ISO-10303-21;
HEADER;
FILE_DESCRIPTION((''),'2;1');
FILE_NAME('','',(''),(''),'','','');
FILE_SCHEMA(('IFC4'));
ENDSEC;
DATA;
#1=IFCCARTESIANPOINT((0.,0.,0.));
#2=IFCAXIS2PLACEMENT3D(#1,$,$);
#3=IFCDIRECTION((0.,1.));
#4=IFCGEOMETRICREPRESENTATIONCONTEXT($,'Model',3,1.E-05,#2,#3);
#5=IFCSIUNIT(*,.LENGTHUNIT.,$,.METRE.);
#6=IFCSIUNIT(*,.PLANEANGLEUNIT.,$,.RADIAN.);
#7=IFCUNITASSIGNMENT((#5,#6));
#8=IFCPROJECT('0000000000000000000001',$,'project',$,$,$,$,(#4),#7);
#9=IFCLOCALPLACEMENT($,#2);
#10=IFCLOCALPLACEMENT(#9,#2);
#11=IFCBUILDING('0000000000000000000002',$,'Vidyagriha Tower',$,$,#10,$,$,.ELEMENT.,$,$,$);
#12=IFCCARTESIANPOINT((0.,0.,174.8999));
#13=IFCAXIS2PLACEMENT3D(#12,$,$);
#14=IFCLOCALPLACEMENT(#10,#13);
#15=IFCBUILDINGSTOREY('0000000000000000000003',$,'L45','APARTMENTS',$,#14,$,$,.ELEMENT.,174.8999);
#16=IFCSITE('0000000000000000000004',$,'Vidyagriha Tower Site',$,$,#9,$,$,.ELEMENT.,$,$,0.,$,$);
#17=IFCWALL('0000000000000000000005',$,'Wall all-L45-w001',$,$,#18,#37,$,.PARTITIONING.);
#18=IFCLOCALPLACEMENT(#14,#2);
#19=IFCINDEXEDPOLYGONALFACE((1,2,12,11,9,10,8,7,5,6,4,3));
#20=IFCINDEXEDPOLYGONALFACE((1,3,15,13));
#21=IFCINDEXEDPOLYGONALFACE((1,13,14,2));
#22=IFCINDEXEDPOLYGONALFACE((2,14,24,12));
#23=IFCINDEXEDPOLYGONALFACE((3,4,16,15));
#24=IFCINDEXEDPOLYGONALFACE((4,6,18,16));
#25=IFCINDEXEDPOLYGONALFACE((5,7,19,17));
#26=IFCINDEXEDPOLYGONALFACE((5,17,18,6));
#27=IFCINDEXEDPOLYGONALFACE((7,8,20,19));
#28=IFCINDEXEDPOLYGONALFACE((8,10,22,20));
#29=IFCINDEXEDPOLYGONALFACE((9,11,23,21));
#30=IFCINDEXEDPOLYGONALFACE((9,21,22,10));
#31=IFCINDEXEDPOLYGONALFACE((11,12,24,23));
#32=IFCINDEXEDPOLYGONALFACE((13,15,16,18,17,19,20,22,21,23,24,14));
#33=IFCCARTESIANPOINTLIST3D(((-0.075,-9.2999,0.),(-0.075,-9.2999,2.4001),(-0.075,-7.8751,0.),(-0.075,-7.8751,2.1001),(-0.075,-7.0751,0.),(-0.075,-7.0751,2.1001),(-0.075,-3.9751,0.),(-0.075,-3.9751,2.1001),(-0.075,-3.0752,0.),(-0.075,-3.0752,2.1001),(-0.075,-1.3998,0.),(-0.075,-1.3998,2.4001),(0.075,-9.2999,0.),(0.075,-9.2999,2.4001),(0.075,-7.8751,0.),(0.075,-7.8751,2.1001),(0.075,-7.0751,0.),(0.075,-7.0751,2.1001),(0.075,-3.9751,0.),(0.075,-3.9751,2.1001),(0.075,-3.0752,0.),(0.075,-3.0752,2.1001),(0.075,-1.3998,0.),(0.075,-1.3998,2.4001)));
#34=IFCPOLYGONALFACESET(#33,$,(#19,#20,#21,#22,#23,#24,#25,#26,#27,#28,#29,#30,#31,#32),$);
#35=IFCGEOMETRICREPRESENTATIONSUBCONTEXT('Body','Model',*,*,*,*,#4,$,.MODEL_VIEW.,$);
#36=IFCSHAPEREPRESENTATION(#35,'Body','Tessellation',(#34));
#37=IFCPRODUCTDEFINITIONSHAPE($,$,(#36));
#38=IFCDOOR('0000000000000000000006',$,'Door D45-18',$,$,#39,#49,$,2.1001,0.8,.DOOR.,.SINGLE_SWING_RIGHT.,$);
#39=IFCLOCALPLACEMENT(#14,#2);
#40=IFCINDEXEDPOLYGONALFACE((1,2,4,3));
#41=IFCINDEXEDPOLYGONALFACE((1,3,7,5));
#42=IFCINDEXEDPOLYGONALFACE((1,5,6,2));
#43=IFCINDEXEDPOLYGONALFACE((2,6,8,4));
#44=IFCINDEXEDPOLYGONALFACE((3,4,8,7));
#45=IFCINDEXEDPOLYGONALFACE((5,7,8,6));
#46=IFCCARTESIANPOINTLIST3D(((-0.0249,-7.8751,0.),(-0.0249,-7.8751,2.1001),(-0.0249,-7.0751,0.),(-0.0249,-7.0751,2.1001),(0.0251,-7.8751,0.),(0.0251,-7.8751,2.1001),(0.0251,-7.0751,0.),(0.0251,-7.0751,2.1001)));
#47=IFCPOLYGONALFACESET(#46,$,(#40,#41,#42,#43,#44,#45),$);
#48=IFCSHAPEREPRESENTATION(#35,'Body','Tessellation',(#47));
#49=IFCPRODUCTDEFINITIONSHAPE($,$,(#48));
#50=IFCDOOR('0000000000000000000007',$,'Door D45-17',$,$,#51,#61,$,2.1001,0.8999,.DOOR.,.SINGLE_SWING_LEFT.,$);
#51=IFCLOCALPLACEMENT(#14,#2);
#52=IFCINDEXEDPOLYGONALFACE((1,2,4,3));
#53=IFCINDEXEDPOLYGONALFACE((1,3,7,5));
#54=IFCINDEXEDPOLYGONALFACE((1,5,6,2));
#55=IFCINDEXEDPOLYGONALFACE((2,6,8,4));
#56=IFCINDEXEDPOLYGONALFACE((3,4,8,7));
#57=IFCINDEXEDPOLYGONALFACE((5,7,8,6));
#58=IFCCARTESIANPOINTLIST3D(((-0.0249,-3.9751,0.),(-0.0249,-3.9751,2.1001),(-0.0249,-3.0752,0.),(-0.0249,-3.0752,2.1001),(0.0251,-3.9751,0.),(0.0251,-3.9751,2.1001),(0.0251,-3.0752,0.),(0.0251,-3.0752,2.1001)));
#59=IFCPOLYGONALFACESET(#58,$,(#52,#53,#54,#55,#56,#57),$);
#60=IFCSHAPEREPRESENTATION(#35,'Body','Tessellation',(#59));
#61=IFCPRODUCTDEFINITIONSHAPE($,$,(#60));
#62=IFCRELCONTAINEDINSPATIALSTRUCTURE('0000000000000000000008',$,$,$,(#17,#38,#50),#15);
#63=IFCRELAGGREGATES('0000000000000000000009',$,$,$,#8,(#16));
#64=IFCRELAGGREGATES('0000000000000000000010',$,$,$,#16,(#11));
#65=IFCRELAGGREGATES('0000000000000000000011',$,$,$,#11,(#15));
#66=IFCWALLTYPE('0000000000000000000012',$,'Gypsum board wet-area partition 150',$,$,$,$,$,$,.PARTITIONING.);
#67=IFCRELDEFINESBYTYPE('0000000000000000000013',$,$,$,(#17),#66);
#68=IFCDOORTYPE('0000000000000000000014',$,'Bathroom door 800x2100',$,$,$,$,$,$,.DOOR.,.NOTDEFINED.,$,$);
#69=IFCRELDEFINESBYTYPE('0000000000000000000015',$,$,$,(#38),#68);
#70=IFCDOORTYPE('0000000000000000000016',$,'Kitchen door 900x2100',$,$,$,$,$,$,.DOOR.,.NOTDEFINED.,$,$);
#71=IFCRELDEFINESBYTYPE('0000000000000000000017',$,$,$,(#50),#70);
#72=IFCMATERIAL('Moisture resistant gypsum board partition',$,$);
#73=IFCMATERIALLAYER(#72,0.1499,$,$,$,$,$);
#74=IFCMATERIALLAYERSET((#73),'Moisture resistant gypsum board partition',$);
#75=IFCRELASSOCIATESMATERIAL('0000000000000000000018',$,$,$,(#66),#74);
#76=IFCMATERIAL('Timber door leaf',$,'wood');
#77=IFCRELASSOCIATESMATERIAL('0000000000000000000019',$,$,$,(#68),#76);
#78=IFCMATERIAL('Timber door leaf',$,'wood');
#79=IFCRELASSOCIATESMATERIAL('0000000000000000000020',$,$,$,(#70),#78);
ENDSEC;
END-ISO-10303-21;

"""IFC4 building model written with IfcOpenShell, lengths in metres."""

from ifc_helpers import new_model, si_unit, direction, frame, frame_2d, origin, place, context, subcontext, project, spatial, rectangle, extrude, material, layer, layer_set, type_object, element, fill, save


model = new_model("IFC4")

# Units and contexts
model_context = context("Model", 3, precision=1e-05, world=origin(), true_north=direction((0.0, 1.0)))
body_context = subcontext(model_context, "Body", "Model", "MODEL_VIEW")
ifc_project = project(units=[si_unit("LENGTHUNIT", "METRE"), si_unit("PLANEANGLEUNIT", "RADIAN")], contexts=[model_context])

# Site, building, storey
site_placement = place(None, origin())
site = spatial("IfcSite", under=ifc_project, at=site_placement, Name="Vidyagriha Tower Site", CompositionType="ELEMENT", RefElevation=0.0)
building_placement = place(site_placement, origin())
building = spatial("IfcBuilding", under=site, at=building_placement, Name="Vidyagriha Tower", CompositionType="ELEMENT")
storey_placement = place(building_placement, frame((0.0, 0.0, 174.8999)))
storey = spatial("IfcBuildingStorey", under=building, at=storey_placement, Name="L45", Description="APARTMENTS", CompositionType="ELEMENT", Elevation=174.8999)

# Wall, openings, doors
ifc_material_1 = material(Name="Moisture resistant gypsum board partition")
ifc_layer_1 = layer(ifc_material_1, 0.1499)
ifc_layer_set_1 = layer_set([ifc_layer_1], Name="Moisture resistant gypsum board partition")
wall_type_1 = type_object("IfcWallType", Name="Gypsum board wet-area partition 150", PredefinedType="PARTITIONING", material=ifc_layer_set_1)
wall_1_placement = place(storey_placement, frame((0.0, -9.3, 0.0), z_axis=(0.0, 0.0, 1.0), x_axis=(0.0, 1.0, 0.0)))
wall_1 = element("IfcWall", 1, at=wall_1_placement, inside=storey, type_object=wall_type_1, Name="Wall all-L45-w001", PredefinedType="PARTITIONING", context=body_context, shape_type="SweptSolid", body=[
    extrude(rectangle(XDim=7.9001, YDim=0.1499, at=frame_2d((3.9502, 0.0))), origin(), (0.0, 0.0, 1.0), 2.4001),
])
opening_1_placement = place(wall_1_placement, frame((5.325, 0.0, 0.0)))
opening_1 = element("IfcOpeningElement", 2, at=opening_1_placement, cuts=wall_1, PredefinedType="OPENING", context=body_context, shape_type="SweptSolid", body=[
    extrude(rectangle(XDim=0.8999, YDim=2.1001, at=frame_2d((0.45, 1.05))), frame((0.0, 0.085, 0.0), z_axis=(0.0, -1.0, 0.0), x_axis=(1.0, 0.0, 0.0)), (0.0, 0.0, 1.0), 0.1699),
])
opening_2_placement = place(wall_1_placement, frame((1.425, 0.0, 0.0)))
opening_2 = element("IfcOpeningElement", 3, at=opening_2_placement, cuts=wall_1, PredefinedType="OPENING", context=body_context, shape_type="SweptSolid", body=[
    extrude(rectangle(XDim=0.8, YDim=2.1001, at=frame_2d((0.3999, 1.05))), frame((0.0, 0.085, 0.0), z_axis=(0.0, -1.0, 0.0), x_axis=(1.0, 0.0, 0.0)), (0.0, 0.0, 1.0), 0.1699),
])
ifc_material_2 = material(Name="Timber door leaf", Category="wood")
door_type_1 = type_object("IfcDoorType", Name="Bathroom door 800x2100", OperationType="NOTDEFINED", PredefinedType="DOOR", material=ifc_material_2)
door_1_placement = place(opening_2_placement, origin())
door_1 = element("IfcDoor", 4, at=door_1_placement, inside=storey, type_object=door_type_1, Name="Door D45-18", OperationType="SINGLE_SWING_RIGHT", OverallHeight=2.1001, OverallWidth=0.8, PredefinedType="DOOR", context=body_context, shape_type="SweptSolid", body=[
    extrude(rectangle(XDim=0.8, YDim=2.1001, at=frame_2d((0.3999, 1.05))), frame((0.0, 0.0249, 0.0), z_axis=(0.0, -1.0, 0.0), x_axis=(1.0, 0.0, 0.0)), (0.0, 0.0, 1.0), 0.05),
])
fill(opening_2, door_1)
ifc_material_3 = material(Name="Timber door leaf", Category="wood")
door_type_2 = type_object("IfcDoorType", Name="Kitchen door 900x2100", OperationType="NOTDEFINED", PredefinedType="DOOR", material=ifc_material_3)
door_2_placement = place(opening_1_placement, origin())
door_2 = element("IfcDoor", 5, at=door_2_placement, inside=storey, type_object=door_type_2, Name="Door D45-17", OperationType="SINGLE_SWING_LEFT", OverallHeight=2.1001, OverallWidth=0.8999, PredefinedType="DOOR", context=body_context, shape_type="SweptSolid", body=[
    extrude(rectangle(XDim=0.8999, YDim=2.1001, at=frame_2d((0.45, 1.05))), frame((0.0, 0.0249, 0.0), z_axis=(0.0, -1.0, 0.0), x_axis=(1.0, 0.0, 0.0)), (0.0, 0.0, 1.0), 0.05),
])
fill(opening_1, door_2)

save(model, "model.ifc")
